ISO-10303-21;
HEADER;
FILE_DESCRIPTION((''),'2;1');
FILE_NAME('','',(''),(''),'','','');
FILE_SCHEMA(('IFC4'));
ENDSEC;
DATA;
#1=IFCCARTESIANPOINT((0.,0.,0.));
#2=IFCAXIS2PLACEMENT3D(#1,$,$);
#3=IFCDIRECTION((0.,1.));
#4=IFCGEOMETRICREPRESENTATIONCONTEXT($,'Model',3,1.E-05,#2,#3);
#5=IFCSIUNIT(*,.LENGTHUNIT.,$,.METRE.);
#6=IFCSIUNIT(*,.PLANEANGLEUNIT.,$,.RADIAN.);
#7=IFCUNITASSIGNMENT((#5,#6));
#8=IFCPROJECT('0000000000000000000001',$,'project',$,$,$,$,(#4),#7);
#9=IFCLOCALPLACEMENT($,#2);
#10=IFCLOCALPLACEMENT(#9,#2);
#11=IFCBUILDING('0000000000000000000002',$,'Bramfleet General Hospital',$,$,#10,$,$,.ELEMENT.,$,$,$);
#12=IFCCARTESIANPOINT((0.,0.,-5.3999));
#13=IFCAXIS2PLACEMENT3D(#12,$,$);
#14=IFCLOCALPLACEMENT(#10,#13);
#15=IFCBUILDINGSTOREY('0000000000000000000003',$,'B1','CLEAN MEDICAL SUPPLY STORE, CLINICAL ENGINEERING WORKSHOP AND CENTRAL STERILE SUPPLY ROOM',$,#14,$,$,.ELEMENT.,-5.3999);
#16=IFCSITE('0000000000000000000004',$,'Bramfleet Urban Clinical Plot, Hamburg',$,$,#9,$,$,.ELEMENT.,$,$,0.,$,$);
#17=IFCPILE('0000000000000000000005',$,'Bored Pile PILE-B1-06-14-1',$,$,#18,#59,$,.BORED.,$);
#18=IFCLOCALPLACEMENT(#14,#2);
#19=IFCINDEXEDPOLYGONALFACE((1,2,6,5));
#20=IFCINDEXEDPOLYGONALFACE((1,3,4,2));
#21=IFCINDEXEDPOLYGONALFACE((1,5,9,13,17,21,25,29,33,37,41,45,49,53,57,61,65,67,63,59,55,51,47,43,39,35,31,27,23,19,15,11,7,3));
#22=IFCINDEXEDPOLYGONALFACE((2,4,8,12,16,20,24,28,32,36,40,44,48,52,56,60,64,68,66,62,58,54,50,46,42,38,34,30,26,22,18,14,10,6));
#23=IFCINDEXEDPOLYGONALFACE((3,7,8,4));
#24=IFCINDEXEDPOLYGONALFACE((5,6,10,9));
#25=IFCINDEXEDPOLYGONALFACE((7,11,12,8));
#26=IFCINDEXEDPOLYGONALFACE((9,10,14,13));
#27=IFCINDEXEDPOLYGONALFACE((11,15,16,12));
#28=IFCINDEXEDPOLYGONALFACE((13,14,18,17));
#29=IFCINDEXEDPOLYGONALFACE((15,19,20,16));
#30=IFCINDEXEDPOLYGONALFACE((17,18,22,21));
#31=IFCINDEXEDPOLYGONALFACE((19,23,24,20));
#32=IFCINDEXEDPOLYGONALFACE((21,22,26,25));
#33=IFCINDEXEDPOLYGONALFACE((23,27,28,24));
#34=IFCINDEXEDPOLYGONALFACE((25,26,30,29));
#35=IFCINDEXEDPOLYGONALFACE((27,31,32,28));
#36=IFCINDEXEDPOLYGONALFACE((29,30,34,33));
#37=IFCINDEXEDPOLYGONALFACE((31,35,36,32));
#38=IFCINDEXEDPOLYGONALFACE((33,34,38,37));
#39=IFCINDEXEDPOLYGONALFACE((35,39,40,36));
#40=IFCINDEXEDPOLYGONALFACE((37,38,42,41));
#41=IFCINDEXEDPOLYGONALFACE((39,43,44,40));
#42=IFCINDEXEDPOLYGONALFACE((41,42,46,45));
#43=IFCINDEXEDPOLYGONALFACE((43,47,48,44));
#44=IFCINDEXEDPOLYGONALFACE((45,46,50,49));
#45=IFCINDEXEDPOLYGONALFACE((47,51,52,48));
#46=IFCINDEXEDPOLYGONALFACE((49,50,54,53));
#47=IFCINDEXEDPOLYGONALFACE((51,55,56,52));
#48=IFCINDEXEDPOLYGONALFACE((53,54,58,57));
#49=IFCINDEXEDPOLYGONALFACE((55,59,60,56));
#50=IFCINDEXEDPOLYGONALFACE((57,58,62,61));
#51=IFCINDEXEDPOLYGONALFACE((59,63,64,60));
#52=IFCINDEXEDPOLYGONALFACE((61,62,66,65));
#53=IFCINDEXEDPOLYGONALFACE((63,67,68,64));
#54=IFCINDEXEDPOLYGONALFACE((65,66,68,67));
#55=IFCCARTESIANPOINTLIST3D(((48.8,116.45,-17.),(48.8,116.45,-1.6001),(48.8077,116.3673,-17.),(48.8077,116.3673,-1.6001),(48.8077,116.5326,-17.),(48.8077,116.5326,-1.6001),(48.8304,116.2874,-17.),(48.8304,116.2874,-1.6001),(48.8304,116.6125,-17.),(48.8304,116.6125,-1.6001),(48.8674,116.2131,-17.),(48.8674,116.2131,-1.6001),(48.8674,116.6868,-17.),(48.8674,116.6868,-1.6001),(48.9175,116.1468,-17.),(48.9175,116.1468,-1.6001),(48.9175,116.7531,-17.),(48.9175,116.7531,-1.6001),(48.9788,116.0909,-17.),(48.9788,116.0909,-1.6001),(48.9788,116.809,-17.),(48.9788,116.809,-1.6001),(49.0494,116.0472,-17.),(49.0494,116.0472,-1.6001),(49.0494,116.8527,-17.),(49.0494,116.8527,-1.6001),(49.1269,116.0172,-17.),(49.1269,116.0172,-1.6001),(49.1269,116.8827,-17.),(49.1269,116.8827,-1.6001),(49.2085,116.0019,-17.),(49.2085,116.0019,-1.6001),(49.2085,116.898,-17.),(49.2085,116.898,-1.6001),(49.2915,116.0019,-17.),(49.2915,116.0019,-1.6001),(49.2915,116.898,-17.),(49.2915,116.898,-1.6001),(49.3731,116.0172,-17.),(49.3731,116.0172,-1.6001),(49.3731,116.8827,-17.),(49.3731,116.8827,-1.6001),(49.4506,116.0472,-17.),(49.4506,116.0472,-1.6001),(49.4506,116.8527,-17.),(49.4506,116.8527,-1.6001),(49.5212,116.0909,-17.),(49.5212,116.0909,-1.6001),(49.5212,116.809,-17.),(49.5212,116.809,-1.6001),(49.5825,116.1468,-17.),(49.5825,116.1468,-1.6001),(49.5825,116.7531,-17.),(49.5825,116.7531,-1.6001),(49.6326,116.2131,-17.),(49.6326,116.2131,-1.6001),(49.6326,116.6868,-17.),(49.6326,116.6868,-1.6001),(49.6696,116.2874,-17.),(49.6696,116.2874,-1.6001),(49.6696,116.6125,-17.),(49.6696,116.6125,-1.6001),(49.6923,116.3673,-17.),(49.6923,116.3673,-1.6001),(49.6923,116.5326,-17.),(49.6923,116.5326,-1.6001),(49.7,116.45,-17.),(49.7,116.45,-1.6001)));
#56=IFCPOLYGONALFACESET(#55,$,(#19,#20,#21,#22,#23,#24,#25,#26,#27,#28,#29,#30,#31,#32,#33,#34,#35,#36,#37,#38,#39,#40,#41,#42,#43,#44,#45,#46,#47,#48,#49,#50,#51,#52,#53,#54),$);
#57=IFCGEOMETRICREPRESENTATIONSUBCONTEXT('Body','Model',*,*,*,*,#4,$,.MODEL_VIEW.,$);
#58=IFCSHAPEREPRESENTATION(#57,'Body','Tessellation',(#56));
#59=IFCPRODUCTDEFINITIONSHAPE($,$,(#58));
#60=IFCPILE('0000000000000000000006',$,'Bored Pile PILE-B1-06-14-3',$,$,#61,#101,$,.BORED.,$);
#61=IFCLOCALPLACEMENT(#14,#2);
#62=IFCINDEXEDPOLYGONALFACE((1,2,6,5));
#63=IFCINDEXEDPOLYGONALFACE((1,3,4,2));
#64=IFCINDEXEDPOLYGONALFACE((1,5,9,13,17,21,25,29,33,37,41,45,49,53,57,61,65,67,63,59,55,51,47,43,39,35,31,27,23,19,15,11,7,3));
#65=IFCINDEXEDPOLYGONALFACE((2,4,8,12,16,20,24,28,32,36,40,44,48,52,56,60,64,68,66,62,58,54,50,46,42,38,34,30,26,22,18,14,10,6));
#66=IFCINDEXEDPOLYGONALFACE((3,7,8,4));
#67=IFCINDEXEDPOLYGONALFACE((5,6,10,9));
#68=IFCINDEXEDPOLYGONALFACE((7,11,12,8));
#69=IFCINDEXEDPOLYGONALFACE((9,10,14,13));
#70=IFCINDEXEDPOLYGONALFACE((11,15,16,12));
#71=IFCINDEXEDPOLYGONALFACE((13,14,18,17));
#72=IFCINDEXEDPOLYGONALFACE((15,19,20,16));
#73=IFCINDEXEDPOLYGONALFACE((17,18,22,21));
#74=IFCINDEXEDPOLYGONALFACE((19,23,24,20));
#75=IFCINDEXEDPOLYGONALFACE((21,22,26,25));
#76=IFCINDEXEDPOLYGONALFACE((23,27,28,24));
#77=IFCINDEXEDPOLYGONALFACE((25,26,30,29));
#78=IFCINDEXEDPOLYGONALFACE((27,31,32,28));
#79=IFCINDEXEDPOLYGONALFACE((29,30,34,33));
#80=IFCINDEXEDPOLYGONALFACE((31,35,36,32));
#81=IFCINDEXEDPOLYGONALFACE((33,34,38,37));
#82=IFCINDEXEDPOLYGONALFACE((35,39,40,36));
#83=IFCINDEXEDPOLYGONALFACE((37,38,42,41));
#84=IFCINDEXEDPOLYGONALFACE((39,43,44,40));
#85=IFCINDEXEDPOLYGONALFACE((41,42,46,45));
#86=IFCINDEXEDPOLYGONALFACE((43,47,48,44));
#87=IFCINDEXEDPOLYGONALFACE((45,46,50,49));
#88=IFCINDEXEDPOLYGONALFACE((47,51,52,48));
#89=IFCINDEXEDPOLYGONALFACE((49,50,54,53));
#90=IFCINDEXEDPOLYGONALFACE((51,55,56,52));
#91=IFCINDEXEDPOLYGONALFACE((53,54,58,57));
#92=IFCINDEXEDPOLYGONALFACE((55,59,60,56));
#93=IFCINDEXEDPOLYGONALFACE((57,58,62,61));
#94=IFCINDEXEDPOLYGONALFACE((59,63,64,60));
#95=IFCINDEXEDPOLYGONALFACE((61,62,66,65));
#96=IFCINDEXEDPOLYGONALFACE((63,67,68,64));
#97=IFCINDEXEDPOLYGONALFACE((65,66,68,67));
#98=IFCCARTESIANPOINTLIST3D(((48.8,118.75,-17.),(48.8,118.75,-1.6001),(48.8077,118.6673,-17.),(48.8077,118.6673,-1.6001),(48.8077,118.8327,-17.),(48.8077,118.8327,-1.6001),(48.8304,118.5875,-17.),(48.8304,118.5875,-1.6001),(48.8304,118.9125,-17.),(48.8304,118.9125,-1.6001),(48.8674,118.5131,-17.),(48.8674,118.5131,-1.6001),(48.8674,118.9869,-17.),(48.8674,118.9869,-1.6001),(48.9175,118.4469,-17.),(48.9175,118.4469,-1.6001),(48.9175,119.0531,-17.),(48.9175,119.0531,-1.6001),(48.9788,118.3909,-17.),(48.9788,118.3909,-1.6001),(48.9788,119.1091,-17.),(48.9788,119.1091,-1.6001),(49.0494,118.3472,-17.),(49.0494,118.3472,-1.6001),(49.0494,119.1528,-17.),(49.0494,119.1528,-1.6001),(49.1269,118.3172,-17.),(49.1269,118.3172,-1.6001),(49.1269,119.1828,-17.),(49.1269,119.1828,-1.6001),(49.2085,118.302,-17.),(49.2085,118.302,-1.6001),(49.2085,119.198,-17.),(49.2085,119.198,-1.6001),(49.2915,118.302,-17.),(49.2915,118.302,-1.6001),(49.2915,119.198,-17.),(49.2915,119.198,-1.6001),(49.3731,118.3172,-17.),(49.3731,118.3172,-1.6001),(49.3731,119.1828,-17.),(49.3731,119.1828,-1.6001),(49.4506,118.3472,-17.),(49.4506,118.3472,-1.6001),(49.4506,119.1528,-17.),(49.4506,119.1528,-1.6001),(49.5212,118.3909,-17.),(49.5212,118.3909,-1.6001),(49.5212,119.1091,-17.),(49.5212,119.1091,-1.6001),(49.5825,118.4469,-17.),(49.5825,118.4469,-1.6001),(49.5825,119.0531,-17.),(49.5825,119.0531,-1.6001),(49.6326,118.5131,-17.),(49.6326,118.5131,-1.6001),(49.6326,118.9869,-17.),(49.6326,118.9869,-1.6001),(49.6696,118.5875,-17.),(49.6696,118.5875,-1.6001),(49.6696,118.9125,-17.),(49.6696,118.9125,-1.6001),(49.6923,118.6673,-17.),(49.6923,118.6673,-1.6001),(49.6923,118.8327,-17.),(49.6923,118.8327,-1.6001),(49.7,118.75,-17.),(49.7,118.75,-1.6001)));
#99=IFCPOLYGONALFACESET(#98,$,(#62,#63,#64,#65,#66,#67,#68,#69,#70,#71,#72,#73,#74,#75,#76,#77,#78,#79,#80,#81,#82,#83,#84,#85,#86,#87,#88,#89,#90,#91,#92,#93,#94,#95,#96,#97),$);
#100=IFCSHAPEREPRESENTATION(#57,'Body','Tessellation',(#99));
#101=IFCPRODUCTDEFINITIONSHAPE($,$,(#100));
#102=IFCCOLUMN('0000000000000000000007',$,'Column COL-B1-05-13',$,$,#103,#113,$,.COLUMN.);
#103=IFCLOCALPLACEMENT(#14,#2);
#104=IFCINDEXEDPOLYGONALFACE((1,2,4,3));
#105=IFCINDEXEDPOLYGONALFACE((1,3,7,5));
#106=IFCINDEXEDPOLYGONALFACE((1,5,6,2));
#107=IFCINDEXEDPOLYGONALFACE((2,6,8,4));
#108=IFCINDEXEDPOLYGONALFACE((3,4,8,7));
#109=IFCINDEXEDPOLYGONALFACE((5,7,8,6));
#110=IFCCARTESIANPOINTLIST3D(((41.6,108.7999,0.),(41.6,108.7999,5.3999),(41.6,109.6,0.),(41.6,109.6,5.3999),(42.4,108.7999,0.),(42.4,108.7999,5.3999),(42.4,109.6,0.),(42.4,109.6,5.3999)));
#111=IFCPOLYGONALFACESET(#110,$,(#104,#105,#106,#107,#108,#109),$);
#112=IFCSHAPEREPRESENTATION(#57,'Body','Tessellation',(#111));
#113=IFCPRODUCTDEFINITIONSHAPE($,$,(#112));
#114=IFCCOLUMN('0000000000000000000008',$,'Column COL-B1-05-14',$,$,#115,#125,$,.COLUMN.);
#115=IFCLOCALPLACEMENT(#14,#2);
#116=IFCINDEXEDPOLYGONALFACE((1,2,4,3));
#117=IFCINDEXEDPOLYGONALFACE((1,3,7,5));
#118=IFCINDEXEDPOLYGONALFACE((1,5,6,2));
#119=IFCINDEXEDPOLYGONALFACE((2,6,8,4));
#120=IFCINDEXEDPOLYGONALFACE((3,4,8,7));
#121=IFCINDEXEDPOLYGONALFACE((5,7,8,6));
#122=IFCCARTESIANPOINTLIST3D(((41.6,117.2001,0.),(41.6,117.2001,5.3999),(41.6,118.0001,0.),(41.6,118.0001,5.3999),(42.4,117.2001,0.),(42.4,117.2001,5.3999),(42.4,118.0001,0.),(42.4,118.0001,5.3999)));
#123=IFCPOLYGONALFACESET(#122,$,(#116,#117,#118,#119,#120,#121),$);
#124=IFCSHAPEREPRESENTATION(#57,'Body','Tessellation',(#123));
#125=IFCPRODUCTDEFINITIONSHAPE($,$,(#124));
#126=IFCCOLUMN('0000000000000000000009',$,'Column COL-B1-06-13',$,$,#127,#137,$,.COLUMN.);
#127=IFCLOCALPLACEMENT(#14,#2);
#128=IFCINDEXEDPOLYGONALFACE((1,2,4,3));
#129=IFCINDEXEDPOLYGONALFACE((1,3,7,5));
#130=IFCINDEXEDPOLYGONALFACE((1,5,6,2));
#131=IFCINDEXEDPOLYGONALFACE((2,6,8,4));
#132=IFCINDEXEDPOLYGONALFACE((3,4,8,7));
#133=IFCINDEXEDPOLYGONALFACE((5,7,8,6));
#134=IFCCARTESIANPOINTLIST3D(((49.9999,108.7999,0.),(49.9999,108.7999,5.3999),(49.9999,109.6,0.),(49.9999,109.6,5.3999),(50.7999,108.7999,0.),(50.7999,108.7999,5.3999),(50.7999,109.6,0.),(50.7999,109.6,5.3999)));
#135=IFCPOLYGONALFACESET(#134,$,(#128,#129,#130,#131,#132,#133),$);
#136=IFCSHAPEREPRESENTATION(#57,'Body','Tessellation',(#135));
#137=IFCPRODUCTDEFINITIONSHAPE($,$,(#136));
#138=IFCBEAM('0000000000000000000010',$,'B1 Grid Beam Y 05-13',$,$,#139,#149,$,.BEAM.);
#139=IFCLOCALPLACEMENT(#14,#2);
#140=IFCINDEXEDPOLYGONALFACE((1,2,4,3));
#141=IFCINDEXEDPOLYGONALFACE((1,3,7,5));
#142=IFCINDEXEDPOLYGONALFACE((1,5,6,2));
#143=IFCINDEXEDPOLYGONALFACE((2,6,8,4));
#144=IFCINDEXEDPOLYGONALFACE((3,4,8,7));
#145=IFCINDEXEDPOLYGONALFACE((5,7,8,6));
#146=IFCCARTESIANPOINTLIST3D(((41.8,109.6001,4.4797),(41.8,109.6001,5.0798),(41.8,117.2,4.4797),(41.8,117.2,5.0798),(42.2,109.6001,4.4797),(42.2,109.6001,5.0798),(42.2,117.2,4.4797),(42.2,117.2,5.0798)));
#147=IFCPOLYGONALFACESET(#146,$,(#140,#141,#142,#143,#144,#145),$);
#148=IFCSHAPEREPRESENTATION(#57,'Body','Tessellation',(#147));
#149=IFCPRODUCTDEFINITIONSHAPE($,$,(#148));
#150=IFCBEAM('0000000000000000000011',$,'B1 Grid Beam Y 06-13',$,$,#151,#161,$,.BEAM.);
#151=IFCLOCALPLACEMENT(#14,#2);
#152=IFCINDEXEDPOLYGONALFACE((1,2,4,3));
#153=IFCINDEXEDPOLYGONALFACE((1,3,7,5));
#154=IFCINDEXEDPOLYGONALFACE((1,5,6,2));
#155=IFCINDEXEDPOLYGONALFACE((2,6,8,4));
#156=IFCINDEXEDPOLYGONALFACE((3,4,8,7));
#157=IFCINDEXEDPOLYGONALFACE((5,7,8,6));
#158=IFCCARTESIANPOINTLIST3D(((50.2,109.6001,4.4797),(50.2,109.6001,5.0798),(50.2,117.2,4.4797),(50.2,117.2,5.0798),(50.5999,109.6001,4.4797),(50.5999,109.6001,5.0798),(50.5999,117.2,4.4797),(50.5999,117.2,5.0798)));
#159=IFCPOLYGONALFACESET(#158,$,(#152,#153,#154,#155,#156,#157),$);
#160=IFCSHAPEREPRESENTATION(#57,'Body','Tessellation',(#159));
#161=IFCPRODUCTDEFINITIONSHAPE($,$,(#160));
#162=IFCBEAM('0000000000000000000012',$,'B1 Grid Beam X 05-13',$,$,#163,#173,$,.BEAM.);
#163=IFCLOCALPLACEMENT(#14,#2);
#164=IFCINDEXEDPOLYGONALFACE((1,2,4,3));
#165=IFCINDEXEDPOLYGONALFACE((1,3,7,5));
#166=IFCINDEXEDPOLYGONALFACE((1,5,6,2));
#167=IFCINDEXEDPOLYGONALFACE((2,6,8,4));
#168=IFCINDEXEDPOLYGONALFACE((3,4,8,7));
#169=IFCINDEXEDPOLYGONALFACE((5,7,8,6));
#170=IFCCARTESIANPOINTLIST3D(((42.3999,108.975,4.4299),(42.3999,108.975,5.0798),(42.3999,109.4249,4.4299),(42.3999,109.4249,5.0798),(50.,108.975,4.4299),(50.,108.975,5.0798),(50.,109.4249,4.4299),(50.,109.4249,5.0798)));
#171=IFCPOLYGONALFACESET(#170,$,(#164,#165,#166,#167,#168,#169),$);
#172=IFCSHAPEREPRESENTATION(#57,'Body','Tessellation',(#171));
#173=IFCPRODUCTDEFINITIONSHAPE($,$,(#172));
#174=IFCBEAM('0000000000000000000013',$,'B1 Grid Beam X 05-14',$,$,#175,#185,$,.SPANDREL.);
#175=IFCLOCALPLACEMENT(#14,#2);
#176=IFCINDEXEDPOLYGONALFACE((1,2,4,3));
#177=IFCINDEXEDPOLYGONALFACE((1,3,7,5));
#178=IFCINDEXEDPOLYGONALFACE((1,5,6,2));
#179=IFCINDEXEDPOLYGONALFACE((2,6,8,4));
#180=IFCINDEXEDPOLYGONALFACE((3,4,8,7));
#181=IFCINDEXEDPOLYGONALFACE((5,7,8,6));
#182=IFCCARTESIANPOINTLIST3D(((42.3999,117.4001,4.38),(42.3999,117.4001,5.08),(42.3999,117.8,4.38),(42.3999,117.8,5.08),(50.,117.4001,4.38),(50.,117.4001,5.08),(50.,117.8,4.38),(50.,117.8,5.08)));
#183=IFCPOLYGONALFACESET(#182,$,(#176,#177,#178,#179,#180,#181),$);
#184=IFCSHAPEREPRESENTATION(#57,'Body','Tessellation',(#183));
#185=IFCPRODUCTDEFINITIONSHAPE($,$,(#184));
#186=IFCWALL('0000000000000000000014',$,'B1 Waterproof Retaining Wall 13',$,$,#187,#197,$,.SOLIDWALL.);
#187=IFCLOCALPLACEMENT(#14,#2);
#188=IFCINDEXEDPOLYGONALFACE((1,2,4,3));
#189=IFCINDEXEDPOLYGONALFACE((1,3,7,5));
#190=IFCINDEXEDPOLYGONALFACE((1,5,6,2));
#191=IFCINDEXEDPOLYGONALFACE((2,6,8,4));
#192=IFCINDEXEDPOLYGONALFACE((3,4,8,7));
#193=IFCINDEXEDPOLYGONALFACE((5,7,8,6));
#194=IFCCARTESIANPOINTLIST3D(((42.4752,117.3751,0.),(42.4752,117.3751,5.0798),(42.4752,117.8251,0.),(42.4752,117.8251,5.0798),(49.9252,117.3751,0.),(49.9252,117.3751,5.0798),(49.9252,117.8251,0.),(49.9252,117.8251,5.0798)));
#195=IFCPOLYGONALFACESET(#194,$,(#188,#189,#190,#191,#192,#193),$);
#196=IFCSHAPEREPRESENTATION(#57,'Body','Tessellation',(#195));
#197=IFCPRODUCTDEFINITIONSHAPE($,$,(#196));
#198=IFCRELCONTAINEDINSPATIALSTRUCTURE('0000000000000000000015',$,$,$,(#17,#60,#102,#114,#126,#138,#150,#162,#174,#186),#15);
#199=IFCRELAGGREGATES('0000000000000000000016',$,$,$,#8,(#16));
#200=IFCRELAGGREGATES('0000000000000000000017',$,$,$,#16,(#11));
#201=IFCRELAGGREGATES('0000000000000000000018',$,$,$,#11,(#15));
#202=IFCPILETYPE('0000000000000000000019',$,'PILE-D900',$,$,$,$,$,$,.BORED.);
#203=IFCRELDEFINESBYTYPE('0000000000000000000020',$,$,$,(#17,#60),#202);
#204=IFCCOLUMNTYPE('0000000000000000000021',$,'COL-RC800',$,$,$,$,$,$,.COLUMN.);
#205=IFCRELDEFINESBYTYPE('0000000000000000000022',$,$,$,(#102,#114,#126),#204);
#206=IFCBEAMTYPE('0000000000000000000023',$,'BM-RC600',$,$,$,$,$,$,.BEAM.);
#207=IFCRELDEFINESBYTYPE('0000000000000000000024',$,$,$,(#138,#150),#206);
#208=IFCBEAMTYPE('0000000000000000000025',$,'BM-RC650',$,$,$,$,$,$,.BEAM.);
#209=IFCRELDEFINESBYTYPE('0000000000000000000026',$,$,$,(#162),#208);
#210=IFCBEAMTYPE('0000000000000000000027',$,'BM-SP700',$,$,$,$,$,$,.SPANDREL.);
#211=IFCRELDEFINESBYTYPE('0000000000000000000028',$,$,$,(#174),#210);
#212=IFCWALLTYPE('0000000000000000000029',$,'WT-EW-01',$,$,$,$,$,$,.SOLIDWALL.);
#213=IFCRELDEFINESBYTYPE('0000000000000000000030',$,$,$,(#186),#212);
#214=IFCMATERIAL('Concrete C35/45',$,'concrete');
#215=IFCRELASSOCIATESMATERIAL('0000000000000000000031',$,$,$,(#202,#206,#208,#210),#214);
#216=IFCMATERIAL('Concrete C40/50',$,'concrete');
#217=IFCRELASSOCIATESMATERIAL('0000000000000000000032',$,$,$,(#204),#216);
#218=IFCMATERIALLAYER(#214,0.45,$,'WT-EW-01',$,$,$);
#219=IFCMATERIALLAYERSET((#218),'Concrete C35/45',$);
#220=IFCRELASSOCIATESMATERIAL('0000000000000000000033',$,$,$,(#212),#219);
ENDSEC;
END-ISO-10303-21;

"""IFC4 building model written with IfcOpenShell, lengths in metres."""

from ifc_helpers import new_model, si_unit, direction, frame, frame_2d, origin, origin_2d, place, context, subcontext, project, spatial, rectangle, circle, extrude, material, layer, layer_set, material_profile, profile_set, type_object, element, save


model = new_model("IFC4")

# Units and contexts
model_context = context("Model", 3, precision=1e-05, world=origin(), true_north=direction((0.0, 1.0)))
body_context = subcontext(model_context, "Body", "Model", "MODEL_VIEW")
ifc_project = project(units=[si_unit("LENGTHUNIT", "METRE"), si_unit("PLANEANGLEUNIT", "RADIAN")], contexts=[model_context])

# Site, building, storey
site_placement = place(None, origin())
site = spatial("IfcSite", under=ifc_project, at=site_placement, Name="Bramfleet Urban Clinical Plot, Hamburg", CompositionType="ELEMENT", RefElevation=0.0)
building_placement = place(site_placement, origin())
building = spatial("IfcBuilding", under=site, at=building_placement, Name="Bramfleet General Hospital", CompositionType="ELEMENT")
storey_placement = place(building_placement, frame((0.0, 0.0, -5.3999)))
storey = spatial("IfcBuildingStorey", under=building, at=storey_placement, Name="B1", Description="CLEAN MEDICAL SUPPLY STORE, CLINICAL ENGINEERING WORKSHOP AND CENTRAL STERILE SUPPLY ROOM", CompositionType="ELEMENT", Elevation=-5.3999)

# Shared definitions
ifc_material_1 = material(Name="Concrete C35/45", Category="concrete")

# Piles
ifc_material_profile_1 = material_profile(ifc_material_1, circle(Radius=0.45, at=origin_2d()), Name="PILE BORED D900")
ifc_profile_set_1 = profile_set([ifc_material_profile_1], Name="Concrete C35/45")
pile_type = type_object("IfcPileType", Name="PILE-D900", PredefinedType="BORED", material=ifc_profile_set_1)
for number, where, z_axis, x_axis, name in (
    (1, (49.25, 116.45, -1.6001), (0.0, 0.0, -1.0), (1.0, 0.0, 0.0), "Bored Pile PILE-B1-06-14-1"),
    (2, (49.25, 118.75, -1.6001), (0.0, 0.0, -1.0), (1.0, 0.0, 0.0), "Bored Pile PILE-B1-06-14-3"),
):
    element("IfcPile", number, at=place(storey_placement, frame(where, z_axis=z_axis, x_axis=x_axis)), inside=storey, type_object=pile_type, Name=name, PredefinedType="BORED", context=body_context, shape_type="SweptSolid", body=[
        extrude(circle(Radius=0.45, at=origin_2d()), origin(), (0.0, 0.0, 1.0), 15.3999),
    ])

# Columns
ifc_material_2 = material(Name="Concrete C40/50", Category="concrete")
ifc_material_profile_2 = material_profile(ifc_material_2, rectangle(XDim=0.8, YDim=0.8, at=origin_2d()), Name="RC COL 800x800")
ifc_profile_set_2 = profile_set([ifc_material_profile_2], Name="Concrete C40/50")
column_type = type_object("IfcColumnType", Name="COL-RC800", PredefinedType="COLUMN", material=ifc_profile_set_2)
for number, where, z_axis, x_axis, name in (
    (3, (42.0, 109.2, 0.0), (0.0, 0.0, 1.0), (1.0, 0.0, 0.0), "Column COL-B1-05-13"),
    (4, (42.0, 117.6001, 0.0), (0.0, 0.0, 1.0), (1.0, 0.0, 0.0), "Column COL-B1-05-14"),
    (5, (50.3999, 109.2, 0.0), (0.0, 0.0, 1.0), (1.0, 0.0, 0.0), "Column COL-B1-06-13"),
):
    element("IfcColumn", number, at=place(storey_placement, frame(where, z_axis=z_axis, x_axis=x_axis)), inside=storey, type_object=column_type, Name=name, PredefinedType="COLUMN", context=body_context, shape_type="SweptSolid", body=[
        extrude(rectangle(XDim=0.8, YDim=0.8, at=origin_2d()), origin(), (0.0, 0.0, 1.0), 5.3999),
    ])

# Beams
ifc_material_profile_3 = material_profile(ifc_material_1, rectangle(XDim=0.3999, YDim=0.6001, at=origin_2d()), Name="RC BM 600x400")
ifc_profile_set_3 = profile_set([ifc_material_profile_3], Name="Concrete C35/45")
beam_type_1 = type_object("IfcBeamType", Name="BM-RC600", PredefinedType="BEAM", material=ifc_profile_set_3)
for number, where, z_axis, x_axis, name in (
    (6, (42.0, 109.6001, 4.7798), (0.0, 1.0, 0.0), (-1.0, 0.0, 0.0), "B1 Grid Beam Y 05-13"),
    (7, (50.3999, 109.6001, 4.7798), (0.0, 1.0, 0.0), (-1.0, 0.0, 0.0), "B1 Grid Beam Y 06-13"),
):
    element("IfcBeam", number, at=place(storey_placement, frame(where, z_axis=z_axis, x_axis=x_axis)), inside=storey, type_object=beam_type_1, Name=name, PredefinedType="BEAM", context=body_context, shape_type="SweptSolid", body=[
        extrude(rectangle(XDim=0.3999, YDim=0.6001, at=origin_2d()), origin(), (0.0, 0.0, 1.0), 7.5999),
    ])
ifc_material_profile_4 = material_profile(ifc_material_1, rectangle(XDim=0.45, YDim=0.6499, at=origin_2d()), Name="RC BM 650x450")
ifc_profile_set_4 = profile_set([ifc_material_profile_4], Name="Concrete C35/45")
beam_type_2 = type_object("IfcBeamType", Name="BM-RC650", PredefinedType="BEAM", material=ifc_profile_set_4)
beam_1_placement = place(storey_placement, frame((42.3999, 109.2, 4.7549), z_axis=(1.0, 0.0, 0.0), x_axis=(0.0, 1.0, 0.0)))
element("IfcBeam", 8, at=beam_1_placement, inside=storey, type_object=beam_type_2, Name="B1 Grid Beam X 05-13", PredefinedType="BEAM", context=body_context, shape_type="SweptSolid", body=[
    extrude(rectangle(XDim=0.45, YDim=0.6499, at=origin_2d()), origin(), (0.0, 0.0, 1.0), 7.6001),
])
ifc_material_profile_5 = material_profile(ifc_material_1, rectangle(XDim=0.3999, YDim=0.7, at=origin_2d()), Name="RC SP 700x400")
ifc_profile_set_5 = profile_set([ifc_material_profile_5], Name="Concrete C35/45")
beam_type_3 = type_object("IfcBeamType", Name="BM-SP700", PredefinedType="SPANDREL", material=ifc_profile_set_5)
beam_2_placement = place(storey_placement, frame((42.3999, 117.6001, 4.73), z_axis=(1.0, 0.0, 0.0), x_axis=(0.0, 1.0, 0.0)))
element("IfcBeam", 9, at=beam_2_placement, inside=storey, type_object=beam_type_3, Name="B1 Grid Beam X 05-14", PredefinedType="SPANDREL", context=body_context, shape_type="SweptSolid", body=[
    extrude(rectangle(XDim=0.3999, YDim=0.7, at=origin_2d()), origin(), (0.0, 0.0, 1.0), 7.6001),
])

# Wall
ifc_layer_1 = layer(ifc_material_1, 0.45, Name="WT-EW-01")
ifc_layer_set_1 = layer_set([ifc_layer_1], Name="Concrete C35/45")
wall_type_1 = type_object("IfcWallType", Name="WT-EW-01", PredefinedType="SOLIDWALL", material=ifc_layer_set_1)
wall_1_placement = place(storey_placement, frame((42.4751, 117.6001, 0.0), z_axis=(0.0, 0.0, 1.0), x_axis=(1.0, 0.0, 0.0)))
element("IfcWall", 10, at=wall_1_placement, inside=storey, type_object=wall_type_1, Name="B1 Waterproof Retaining Wall 13", PredefinedType="SOLIDWALL", context=body_context, shape_type="SweptSolid", body=[
    extrude(rectangle(XDim=7.45, YDim=0.45, at=frame_2d((3.7251, 0.0))), origin(), (0.0, 0.0, 1.0), 5.0798),
])

save(model, "model.ifc")
